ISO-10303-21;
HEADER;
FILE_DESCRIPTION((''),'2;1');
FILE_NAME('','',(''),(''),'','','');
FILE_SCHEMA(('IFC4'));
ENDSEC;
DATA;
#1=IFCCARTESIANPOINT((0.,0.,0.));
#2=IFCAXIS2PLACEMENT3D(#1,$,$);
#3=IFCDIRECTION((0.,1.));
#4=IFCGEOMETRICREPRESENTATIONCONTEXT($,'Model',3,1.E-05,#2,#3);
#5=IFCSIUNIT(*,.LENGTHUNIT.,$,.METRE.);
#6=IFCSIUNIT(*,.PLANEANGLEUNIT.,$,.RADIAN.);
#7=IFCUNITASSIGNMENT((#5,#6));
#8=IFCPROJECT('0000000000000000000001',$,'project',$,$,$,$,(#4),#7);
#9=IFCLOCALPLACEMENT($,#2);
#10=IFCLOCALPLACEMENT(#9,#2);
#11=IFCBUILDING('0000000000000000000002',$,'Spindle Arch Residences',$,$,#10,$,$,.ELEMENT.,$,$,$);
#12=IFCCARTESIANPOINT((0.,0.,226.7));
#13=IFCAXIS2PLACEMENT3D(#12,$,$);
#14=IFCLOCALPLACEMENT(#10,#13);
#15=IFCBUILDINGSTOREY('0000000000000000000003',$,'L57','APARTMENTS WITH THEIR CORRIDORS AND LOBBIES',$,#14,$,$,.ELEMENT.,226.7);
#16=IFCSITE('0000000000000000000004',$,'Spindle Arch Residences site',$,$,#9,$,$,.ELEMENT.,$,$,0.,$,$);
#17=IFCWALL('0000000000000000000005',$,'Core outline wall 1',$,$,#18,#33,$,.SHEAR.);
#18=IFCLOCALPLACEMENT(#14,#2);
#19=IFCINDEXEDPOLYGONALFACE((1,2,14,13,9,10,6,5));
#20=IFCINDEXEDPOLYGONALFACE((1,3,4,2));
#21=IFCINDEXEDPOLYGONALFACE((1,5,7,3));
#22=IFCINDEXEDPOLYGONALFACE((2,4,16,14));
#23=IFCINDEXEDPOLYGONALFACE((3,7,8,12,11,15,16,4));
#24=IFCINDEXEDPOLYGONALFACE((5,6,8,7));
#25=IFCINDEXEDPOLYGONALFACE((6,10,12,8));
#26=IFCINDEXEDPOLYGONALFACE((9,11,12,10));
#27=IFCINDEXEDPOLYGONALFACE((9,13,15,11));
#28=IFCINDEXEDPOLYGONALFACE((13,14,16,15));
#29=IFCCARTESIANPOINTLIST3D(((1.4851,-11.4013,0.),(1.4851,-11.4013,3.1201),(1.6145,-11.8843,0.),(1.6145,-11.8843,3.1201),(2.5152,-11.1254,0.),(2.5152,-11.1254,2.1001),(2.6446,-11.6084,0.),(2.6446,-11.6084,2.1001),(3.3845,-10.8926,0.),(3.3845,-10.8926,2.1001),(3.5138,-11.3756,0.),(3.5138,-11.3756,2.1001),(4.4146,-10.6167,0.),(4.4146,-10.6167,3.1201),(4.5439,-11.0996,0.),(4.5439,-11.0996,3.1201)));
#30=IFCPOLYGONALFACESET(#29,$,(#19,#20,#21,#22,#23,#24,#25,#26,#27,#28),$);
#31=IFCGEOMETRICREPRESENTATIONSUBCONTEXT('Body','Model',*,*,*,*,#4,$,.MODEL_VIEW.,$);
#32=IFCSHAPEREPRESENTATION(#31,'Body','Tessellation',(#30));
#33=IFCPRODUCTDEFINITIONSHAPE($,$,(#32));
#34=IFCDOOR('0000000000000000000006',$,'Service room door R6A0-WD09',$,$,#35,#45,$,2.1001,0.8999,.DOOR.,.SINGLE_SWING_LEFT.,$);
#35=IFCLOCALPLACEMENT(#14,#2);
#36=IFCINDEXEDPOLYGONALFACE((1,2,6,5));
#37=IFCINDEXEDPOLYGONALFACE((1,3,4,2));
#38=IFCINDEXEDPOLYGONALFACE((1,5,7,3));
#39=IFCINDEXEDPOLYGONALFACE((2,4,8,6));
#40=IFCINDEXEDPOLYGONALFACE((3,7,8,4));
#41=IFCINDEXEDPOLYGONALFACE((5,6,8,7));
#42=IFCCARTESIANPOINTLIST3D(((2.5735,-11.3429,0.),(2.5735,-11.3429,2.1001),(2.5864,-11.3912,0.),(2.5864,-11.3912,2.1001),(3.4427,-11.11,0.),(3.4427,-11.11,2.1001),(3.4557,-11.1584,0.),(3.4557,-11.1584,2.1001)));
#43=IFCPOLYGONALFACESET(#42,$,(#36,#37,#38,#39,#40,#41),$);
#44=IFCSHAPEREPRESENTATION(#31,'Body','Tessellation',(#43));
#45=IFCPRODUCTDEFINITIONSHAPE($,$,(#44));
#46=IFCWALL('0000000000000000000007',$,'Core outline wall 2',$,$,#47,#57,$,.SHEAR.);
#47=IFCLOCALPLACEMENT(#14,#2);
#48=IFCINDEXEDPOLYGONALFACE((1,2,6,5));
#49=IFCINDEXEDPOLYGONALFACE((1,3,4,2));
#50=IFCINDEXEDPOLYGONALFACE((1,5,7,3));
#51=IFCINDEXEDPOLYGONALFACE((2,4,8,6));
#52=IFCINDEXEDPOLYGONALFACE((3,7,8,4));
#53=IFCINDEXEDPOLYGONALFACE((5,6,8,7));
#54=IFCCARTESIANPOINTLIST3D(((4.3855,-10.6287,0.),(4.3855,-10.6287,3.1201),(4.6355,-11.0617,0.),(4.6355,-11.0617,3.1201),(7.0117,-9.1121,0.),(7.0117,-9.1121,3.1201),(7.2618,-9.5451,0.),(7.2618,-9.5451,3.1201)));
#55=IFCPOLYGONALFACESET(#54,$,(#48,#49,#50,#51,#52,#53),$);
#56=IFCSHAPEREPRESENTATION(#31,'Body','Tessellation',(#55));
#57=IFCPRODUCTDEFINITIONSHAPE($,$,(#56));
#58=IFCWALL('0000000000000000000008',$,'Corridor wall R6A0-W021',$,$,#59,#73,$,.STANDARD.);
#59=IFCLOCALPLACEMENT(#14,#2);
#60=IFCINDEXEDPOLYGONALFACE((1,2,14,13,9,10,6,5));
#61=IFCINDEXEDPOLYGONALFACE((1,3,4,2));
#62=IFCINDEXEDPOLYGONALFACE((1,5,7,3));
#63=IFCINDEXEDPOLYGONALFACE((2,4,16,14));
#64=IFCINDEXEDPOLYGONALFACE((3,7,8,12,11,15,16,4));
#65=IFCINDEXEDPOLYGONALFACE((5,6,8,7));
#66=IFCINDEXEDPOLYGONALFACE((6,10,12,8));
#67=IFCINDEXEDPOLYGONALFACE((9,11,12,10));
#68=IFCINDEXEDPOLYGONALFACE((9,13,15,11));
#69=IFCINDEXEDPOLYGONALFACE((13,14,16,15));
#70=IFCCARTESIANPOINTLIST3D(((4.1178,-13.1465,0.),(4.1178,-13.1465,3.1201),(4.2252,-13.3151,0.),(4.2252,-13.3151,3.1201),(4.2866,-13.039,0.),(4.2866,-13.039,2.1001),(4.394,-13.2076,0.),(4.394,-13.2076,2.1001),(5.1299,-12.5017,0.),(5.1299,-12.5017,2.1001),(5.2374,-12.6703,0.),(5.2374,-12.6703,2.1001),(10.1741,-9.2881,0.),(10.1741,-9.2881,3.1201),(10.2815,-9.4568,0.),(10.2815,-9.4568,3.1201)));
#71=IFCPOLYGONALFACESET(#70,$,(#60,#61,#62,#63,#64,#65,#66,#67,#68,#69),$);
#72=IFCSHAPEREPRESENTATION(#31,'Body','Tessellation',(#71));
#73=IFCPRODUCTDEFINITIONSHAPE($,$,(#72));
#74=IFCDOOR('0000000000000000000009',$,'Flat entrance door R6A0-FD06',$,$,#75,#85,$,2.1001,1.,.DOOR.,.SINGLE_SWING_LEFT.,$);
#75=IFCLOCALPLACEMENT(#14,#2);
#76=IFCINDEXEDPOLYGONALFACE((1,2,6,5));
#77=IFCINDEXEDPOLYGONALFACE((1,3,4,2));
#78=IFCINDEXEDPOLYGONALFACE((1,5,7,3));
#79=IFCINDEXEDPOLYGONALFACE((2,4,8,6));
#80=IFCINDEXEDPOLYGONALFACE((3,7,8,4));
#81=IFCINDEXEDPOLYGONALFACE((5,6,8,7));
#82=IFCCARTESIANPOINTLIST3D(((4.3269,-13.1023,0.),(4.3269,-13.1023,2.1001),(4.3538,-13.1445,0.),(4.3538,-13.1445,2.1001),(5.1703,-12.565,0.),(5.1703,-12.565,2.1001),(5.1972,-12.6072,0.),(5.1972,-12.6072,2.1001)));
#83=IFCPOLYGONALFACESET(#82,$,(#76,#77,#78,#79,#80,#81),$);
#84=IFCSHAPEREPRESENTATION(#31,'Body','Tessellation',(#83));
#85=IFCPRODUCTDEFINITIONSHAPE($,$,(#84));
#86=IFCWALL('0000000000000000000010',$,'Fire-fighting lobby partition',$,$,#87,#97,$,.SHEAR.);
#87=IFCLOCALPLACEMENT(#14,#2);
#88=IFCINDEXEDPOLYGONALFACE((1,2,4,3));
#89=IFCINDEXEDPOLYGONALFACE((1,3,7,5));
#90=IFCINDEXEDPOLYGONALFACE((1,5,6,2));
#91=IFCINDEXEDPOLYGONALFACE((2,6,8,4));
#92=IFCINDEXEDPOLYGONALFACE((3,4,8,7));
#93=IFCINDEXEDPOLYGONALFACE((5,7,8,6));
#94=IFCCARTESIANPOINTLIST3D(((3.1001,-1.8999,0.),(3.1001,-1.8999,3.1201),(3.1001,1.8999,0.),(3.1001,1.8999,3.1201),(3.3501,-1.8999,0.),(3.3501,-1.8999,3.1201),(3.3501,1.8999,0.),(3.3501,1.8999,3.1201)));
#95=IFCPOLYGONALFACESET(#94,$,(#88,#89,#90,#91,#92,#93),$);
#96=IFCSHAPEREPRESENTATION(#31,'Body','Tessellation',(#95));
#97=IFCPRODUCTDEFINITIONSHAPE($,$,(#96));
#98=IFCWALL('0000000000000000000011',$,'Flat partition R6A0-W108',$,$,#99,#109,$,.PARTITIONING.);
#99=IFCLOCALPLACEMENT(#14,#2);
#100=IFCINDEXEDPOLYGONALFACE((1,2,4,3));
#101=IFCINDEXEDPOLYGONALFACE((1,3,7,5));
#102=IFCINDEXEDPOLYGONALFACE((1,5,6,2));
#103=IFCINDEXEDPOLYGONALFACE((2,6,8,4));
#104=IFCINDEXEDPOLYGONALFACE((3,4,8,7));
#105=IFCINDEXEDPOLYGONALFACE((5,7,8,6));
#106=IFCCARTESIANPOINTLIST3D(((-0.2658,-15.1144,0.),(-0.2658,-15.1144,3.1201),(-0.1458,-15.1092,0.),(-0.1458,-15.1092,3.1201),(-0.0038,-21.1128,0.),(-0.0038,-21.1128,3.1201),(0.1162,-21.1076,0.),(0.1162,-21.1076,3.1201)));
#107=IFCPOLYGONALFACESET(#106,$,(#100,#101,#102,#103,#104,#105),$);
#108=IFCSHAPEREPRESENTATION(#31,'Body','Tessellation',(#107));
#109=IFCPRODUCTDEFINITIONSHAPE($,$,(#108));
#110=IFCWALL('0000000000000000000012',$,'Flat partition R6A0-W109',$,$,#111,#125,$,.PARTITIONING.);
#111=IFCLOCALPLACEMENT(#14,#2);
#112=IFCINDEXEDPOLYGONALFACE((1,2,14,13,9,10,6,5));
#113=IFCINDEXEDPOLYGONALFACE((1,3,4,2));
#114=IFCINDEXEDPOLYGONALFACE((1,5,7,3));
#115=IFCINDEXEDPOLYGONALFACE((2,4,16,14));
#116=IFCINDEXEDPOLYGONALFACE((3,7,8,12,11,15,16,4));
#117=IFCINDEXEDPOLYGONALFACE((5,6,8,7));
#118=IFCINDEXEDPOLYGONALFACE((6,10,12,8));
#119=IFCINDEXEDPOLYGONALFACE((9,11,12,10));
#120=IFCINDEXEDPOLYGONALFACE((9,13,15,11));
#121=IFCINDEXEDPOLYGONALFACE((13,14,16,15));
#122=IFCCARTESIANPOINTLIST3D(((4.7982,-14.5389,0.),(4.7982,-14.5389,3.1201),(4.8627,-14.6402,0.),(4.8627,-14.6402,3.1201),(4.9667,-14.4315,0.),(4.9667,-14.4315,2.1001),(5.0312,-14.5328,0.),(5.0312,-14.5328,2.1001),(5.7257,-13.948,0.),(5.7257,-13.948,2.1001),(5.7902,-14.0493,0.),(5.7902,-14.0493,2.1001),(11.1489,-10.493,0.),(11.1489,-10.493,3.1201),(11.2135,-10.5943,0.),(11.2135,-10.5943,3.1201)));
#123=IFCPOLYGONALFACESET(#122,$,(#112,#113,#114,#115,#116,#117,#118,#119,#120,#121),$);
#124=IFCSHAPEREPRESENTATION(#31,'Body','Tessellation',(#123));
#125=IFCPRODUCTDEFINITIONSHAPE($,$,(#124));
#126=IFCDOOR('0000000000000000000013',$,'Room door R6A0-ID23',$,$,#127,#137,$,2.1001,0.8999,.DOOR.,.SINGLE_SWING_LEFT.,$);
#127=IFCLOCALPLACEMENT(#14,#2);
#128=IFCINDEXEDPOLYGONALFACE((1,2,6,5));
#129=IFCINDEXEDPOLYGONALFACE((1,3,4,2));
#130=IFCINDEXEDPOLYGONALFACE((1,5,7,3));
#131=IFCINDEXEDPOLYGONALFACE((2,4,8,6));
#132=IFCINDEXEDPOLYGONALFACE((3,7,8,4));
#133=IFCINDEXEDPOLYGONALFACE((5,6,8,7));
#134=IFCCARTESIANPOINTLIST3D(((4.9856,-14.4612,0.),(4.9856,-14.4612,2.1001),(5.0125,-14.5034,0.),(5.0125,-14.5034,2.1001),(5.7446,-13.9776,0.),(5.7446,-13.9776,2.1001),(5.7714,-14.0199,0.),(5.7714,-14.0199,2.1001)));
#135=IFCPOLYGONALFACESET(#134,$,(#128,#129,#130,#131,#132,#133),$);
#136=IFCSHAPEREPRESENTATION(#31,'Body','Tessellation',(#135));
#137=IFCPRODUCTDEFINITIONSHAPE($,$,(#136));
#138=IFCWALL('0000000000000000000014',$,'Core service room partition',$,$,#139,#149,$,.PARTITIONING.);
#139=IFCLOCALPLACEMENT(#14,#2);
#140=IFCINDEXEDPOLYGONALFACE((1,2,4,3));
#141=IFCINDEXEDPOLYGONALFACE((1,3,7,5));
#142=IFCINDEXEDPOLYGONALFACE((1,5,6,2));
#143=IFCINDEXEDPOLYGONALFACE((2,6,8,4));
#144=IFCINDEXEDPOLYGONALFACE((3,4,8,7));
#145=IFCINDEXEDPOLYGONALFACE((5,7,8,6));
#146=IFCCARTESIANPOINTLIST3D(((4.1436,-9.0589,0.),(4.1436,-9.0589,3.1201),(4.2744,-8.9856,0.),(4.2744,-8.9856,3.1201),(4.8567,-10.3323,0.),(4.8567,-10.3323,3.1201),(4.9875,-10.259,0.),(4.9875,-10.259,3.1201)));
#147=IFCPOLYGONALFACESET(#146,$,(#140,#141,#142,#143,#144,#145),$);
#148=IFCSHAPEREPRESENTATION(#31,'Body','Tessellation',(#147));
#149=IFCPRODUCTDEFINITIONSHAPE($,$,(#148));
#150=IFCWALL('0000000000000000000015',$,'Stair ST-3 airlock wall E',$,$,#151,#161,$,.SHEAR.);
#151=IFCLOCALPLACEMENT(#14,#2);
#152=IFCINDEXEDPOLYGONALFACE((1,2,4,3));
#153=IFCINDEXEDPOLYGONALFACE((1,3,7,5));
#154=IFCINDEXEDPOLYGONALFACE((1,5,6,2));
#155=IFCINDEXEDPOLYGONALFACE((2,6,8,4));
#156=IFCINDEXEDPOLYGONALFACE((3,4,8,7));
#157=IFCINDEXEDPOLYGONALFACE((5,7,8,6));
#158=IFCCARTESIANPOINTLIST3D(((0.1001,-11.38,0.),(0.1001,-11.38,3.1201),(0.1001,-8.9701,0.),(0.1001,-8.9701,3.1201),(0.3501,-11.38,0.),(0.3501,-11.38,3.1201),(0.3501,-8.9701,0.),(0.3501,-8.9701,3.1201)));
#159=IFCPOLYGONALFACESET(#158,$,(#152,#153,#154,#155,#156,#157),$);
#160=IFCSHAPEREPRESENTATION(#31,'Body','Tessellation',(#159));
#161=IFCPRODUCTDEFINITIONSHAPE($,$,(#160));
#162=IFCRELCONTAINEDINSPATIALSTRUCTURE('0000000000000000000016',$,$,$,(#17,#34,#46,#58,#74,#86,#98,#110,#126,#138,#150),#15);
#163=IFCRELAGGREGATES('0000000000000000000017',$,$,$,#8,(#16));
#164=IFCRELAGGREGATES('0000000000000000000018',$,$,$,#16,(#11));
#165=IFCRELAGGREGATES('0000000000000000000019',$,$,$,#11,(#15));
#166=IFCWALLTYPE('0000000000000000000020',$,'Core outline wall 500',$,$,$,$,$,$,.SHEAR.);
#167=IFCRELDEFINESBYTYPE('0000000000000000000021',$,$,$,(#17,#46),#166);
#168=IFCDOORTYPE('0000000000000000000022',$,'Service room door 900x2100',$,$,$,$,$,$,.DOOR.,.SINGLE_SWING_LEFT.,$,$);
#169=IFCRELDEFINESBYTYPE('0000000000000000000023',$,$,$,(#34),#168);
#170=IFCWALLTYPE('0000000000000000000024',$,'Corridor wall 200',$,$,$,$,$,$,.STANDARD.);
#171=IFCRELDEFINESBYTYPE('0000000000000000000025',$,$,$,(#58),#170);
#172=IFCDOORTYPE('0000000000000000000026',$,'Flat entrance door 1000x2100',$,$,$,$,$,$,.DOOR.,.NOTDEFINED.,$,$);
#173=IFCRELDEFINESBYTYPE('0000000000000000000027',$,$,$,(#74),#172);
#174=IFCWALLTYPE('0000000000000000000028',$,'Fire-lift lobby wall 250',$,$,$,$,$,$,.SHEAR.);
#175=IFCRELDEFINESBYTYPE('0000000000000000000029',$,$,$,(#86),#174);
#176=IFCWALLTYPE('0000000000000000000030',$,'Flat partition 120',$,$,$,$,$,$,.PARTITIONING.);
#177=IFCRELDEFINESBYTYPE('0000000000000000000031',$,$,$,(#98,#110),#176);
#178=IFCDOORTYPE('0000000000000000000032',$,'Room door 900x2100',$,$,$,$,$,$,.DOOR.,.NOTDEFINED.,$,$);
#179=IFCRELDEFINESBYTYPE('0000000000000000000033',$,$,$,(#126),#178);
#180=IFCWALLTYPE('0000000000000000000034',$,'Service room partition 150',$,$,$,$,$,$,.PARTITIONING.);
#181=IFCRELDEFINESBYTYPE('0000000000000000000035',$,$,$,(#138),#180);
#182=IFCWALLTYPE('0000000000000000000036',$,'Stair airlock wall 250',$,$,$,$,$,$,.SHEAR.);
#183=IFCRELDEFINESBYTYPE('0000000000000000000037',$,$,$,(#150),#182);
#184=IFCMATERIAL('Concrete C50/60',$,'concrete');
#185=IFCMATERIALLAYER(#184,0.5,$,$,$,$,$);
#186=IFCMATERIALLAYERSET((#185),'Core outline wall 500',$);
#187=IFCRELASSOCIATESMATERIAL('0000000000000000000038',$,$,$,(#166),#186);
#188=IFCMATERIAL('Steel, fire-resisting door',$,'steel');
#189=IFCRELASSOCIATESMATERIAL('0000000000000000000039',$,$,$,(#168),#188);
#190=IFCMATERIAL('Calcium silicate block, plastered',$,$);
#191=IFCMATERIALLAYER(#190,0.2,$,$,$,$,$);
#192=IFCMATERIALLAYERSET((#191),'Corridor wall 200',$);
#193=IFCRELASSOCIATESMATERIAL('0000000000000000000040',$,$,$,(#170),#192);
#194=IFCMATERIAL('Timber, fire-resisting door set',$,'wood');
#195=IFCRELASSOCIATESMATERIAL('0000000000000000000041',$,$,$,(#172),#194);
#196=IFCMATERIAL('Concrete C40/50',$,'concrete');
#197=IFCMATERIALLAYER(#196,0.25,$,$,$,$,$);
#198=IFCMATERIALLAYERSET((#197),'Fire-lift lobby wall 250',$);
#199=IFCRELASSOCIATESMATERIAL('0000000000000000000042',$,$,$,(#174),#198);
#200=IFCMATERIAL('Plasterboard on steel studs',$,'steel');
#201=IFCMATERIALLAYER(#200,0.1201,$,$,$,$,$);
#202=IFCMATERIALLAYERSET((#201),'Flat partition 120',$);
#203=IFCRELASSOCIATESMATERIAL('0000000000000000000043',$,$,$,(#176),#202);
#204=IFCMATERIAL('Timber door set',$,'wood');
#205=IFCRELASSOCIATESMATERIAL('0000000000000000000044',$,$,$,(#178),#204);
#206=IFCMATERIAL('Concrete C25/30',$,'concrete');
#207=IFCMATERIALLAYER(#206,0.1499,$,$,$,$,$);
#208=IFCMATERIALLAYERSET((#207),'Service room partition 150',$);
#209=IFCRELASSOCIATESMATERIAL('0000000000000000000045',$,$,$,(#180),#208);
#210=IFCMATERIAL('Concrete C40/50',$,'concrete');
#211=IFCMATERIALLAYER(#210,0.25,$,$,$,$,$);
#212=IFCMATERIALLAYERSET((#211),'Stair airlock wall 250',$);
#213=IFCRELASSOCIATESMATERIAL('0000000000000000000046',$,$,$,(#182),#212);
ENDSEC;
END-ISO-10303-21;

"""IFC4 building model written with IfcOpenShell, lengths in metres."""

from ifc_helpers import new_model, si_unit, direction, frame, frame_2d, origin, place, context, subcontext, project, spatial, rectangle, extrude, material, layer, layer_set, type_object, element, fill, save


model = new_model("IFC4")

# Units and contexts
model_context = context("Model", 3, precision=1e-05, world=origin(), true_north=direction((0.0, 1.0)))
body_context = subcontext(model_context, "Body", "Model", "MODEL_VIEW")
ifc_project = project(units=[si_unit("LENGTHUNIT", "METRE"), si_unit("PLANEANGLEUNIT", "RADIAN")], contexts=[model_context])

# Site, building, storey
site_placement = place(None, origin())
site = spatial("IfcSite", under=ifc_project, at=site_placement, Name="Spindle Arch Residences site", CompositionType="ELEMENT", RefElevation=0.0)
building_placement = place(site_placement, origin())
building = spatial("IfcBuilding", under=site, at=building_placement, Name="Spindle Arch Residences", CompositionType="ELEMENT")
storey_placement = place(building_placement, frame((0.0, 0.0, 226.7)))
storey = spatial("IfcBuildingStorey", under=building, at=storey_placement, Name="L57", Description="APARTMENTS WITH THEIR CORRIDORS AND LOBBIES", CompositionType="ELEMENT", Elevation=226.7)

# Wall, opening, door
ifc_material_1 = material(Name="Concrete C50/60", Category="concrete")
ifc_layer_1 = layer(ifc_material_1, 0.5)
ifc_layer_set_1 = layer_set([ifc_layer_1], Name="Core outline wall 500")
wall_type_1 = type_object("IfcWallType", Name="Core outline wall 500", PredefinedType="SHEAR", material=ifc_layer_set_1)
wall_1_placement = place(storey_placement, frame((1.5498, -11.6428, 0.0), z_axis=(0.0, 0.0, 1.0), x_axis=(0.965948, 0.258735, 0.0)))
wall_1 = element("IfcWall", 1, at=wall_1_placement, inside=storey, type_object=wall_type_1, Name="Core outline wall 1", PredefinedType="SHEAR", context=body_context, shape_type="SweptSolid", body=[
    extrude(rectangle(XDim=3.0327, YDim=0.5, at=frame_2d((1.5164, 0.0))), origin(), (0.0, 0.0, 1.0), 3.1201),
])
opening_1_placement = place(wall_1_placement, frame((1.0664, 0.0, 0.0)))
opening_1 = element("IfcOpeningElement", 2, at=opening_1_placement, cuts=wall_1, PredefinedType="OPENING", context=body_context, shape_type="SweptSolid", body=[
    extrude(rectangle(XDim=0.8999, YDim=2.1001, at=frame_2d((0.45, 1.05))), frame((0.0, 0.26, 0.0), z_axis=(0.0, -1.0, 0.0), x_axis=(1.0, 0.0, 0.0)), (0.0, 0.0, 1.0), 0.52),
])
ifc_material_2 = material(Name="Steel, fire-resisting door", Category="steel")
door_type_1 = type_object("IfcDoorType", Name="Service room door 900x2100", OperationType="SINGLE_SWING_LEFT", PredefinedType="DOOR", material=ifc_material_2)
door_1_placement = place(opening_1_placement, origin())
door_1 = element("IfcDoor", 3, at=door_1_placement, inside=storey, type_object=door_type_1, Name="Service room door R6A0-WD09", OperationType="SINGLE_SWING_LEFT", OverallHeight=2.1001, OverallWidth=0.8999, PredefinedType="DOOR", context=body_context, shape_type="SweptSolid", body=[
    extrude(rectangle(XDim=0.8999, YDim=2.1001, at=frame_2d((0.45, 1.05))), frame((0.0, 0.0249, 0.0), z_axis=(0.0, -1.0, 0.0), x_axis=(1.0, 0.0, 0.0)), (0.0, 0.0, 1.0), 0.05),
])
fill(opening_1, door_1)

# Wall
wall_2_placement = place(storey_placement, frame((4.5105, -10.8452, 0.0), z_axis=(0.0, 0.0, 1.0), x_axis=(0.865975, 0.500087, 0.0)))
element("IfcWall", 4, at=wall_2_placement, inside=storey, type_object=wall_type_1, Name="Core outline wall 2", PredefinedType="SHEAR", context=body_context, shape_type="SweptSolid", body=[
    extrude(rectangle(XDim=3.0327, YDim=0.5, at=frame_2d((1.5164, 0.0))), origin(), (0.0, 0.0, 1.0), 3.1201),
])

# Wall, opening, door
ifc_material_3 = material(Name="Calcium silicate block, plastered")
ifc_layer_2 = layer(ifc_material_3, 0.2)
ifc_layer_set_2 = layer_set([ifc_layer_2], Name="Corridor wall 200")
wall_type_2 = type_object("IfcWallType", Name="Corridor wall 200", PredefinedType="STANDARD", material=ifc_layer_set_2)
wall_3_placement = place(storey_placement, frame((4.1716, -13.2307, 0.0), z_axis=(0.0, 0.0, 1.0), x_axis=(0.843388, 0.537304, 0.0)))
wall_3 = element("IfcWall", 5, at=wall_3_placement, inside=storey, type_object=wall_type_2, Name="Corridor wall R6A0-W021", PredefinedType="STANDARD", context=body_context, shape_type="SweptSolid", body=[
    extrude(rectangle(XDim=7.1809, YDim=0.2, at=frame_2d((3.5903, 0.0))), origin(), (0.0, 0.0, 1.0), 3.1201),
])
opening_2_placement = place(wall_3_placement, frame((0.2, 0.0, 0.0)))
opening_2 = element("IfcOpeningElement", 6, at=opening_2_placement, cuts=wall_3, PredefinedType="OPENING", context=body_context, shape_type="SweptSolid", body=[
    extrude(rectangle(XDim=1.0, YDim=2.1001, at=frame_2d((0.5, 1.05))), frame((0.0, 0.1099, 0.0), z_axis=(0.0, -1.0, 0.0), x_axis=(1.0, 0.0, 0.0)), (0.0, 0.0, 1.0), 0.22),
])
ifc_material_4 = material(Name="Timber, fire-resisting door set", Category="wood")
door_type_2 = type_object("IfcDoorType", Name="Flat entrance door 1000x2100", OperationType="NOTDEFINED", PredefinedType="DOOR", material=ifc_material_4)
door_2_placement = place(opening_2_placement, origin())
door_2 = element("IfcDoor", 7, at=door_2_placement, inside=storey, type_object=door_type_2, Name="Flat entrance door R6A0-FD06", OperationType="SINGLE_SWING_LEFT", OverallHeight=2.1001, OverallWidth=1.0, PredefinedType="DOOR", context=body_context, shape_type="SweptSolid", body=[
    extrude(rectangle(XDim=1.0, YDim=2.1001, at=frame_2d((0.5, 1.05))), frame((0.0, 0.0249, 0.0), z_axis=(0.0, -1.0, 0.0), x_axis=(1.0, 0.0, 0.0)), (0.0, 0.0, 1.0), 0.05),
])
fill(opening_2, door_2)

# Walls
ifc_material_5 = material(Name="Concrete C40/50", Category="concrete")
ifc_layer_3 = layer(ifc_material_5, 0.25)
ifc_layer_set_3 = layer_set([ifc_layer_3], Name="Fire-lift lobby wall 250")
wall_type_3 = type_object("IfcWallType", Name="Fire-lift lobby wall 250", PredefinedType="SHEAR", material=ifc_layer_set_3)
wall_4_placement = place(storey_placement, frame((3.2251, -1.8999, 0.0), z_axis=(0.0, 0.0, 1.0), x_axis=(0.0, 1.0, 0.0)))
element("IfcWall", 8, at=wall_4_placement, inside=storey, type_object=wall_type_3, Name="Fire-fighting lobby partition", PredefinedType="SHEAR", context=body_context, shape_type="SweptSolid", body=[
    extrude(rectangle(XDim=3.7998, YDim=0.25, at=frame_2d((1.8999, 0.0))), origin(), (0.0, 0.0, 1.0), 3.1201),
])
ifc_material_6 = material(Name="Plasterboard on steel studs", Category="steel")
ifc_layer_4 = layer(ifc_material_6, 0.1201)
ifc_layer_set_4 = layer_set([ifc_layer_4], Name="Flat partition 120")
wall_type_4 = type_object("IfcWallType", Name="Flat partition 120", PredefinedType="PARTITIONING", material=ifc_layer_set_4)
wall_5_placement = place(storey_placement, frame((0.0562, -21.1101, 0.0), z_axis=(0.0, 0.0, 1.0), x_axis=(-0.04363, 0.999048, 0.0)))
element("IfcWall", 9, at=wall_5_placement, inside=storey, type_object=wall_type_4, Name="Flat partition R6A0-W108", PredefinedType="PARTITIONING", context=body_context, shape_type="SweptSolid", body=[
    extrude(rectangle(XDim=6.0042, YDim=0.1201, at=frame_2d((3.002, 0.0))), origin(), (0.0, 0.0, 1.0), 3.1201),
])

# Wall, opening, door
wall_6_placement = place(storey_placement, frame((4.8303, -14.5896, 0.0), z_axis=(0.0, 0.0, 1.0), x_axis=(0.843393, 0.537297, 0.0)))
wall_6 = element("IfcWall", 10, at=wall_6_placement, inside=storey, type_object=wall_type_4, Name="Flat partition R6A0-W109", PredefinedType="PARTITIONING", context=body_context, shape_type="SweptSolid", body=[
    extrude(rectangle(XDim=7.53, YDim=0.1201, at=frame_2d((3.7651, 0.0))), origin(), (0.0, 0.0, 1.0), 3.1201),
])
opening_3_placement = place(wall_6_placement, frame((0.2, 0.0, 0.0)))
opening_3 = element("IfcOpeningElement", 11, at=opening_3_placement, cuts=wall_6, PredefinedType="OPENING", context=body_context, shape_type="SweptSolid", body=[
    extrude(rectangle(XDim=0.8999, YDim=2.1001, at=frame_2d((0.45, 1.05))), frame((0.0, 0.0701, 0.0), z_axis=(0.0, -1.0, 0.0), x_axis=(1.0, 0.0, 0.0)), (0.0, 0.0, 1.0), 0.1401),
])
ifc_material_7 = material(Name="Timber door set", Category="wood")
door_type_3 = type_object("IfcDoorType", Name="Room door 900x2100", OperationType="NOTDEFINED", PredefinedType="DOOR", material=ifc_material_7)
door_3_placement = place(opening_3_placement, origin())
door_3 = element("IfcDoor", 12, at=door_3_placement, inside=storey, type_object=door_type_3, Name="Room door R6A0-ID23", OperationType="SINGLE_SWING_LEFT", OverallHeight=2.1001, OverallWidth=0.8999, PredefinedType="DOOR", context=body_context, shape_type="SweptSolid", body=[
    extrude(rectangle(XDim=0.8999, YDim=2.1001, at=frame_2d((0.45, 1.05))), frame((0.0, 0.0249, 0.0), z_axis=(0.0, -1.0, 0.0), x_axis=(1.0, 0.0, 0.0)), (0.0, 0.0, 1.0), 0.05),
])
fill(opening_3, door_3)

# Walls
ifc_material_8 = material(Name="Concrete C25/30", Category="concrete")
ifc_layer_5 = layer(ifc_material_8, 0.1499)
ifc_layer_set_5 = layer_set([ifc_layer_5], Name="Service room partition 150")
wall_type_5 = type_object("IfcWallType", Name="Service room partition 150", PredefinedType="PARTITIONING", material=ifc_layer_set_5)
wall_7_placement = place(storey_placement, frame((4.9221, -10.2957, 0.0), z_axis=(0.0, 0.0, 1.0), x_axis=(-0.488608, 0.872503, 0.0)))
element("IfcWall", 13, at=wall_7_placement, inside=storey, type_object=wall_type_5, Name="Core service room partition", PredefinedType="PARTITIONING", context=body_context, shape_type="SweptSolid", body=[
    extrude(rectangle(XDim=1.4595, YDim=0.1499, at=frame_2d((0.7297, 0.0))), origin(), (0.0, 0.0, 1.0), 3.1201),
])
ifc_material_9 = material(Name="Concrete C40/50", Category="concrete")
ifc_layer_6 = layer(ifc_material_9, 0.25)
ifc_layer_set_6 = layer_set([ifc_layer_6], Name="Stair airlock wall 250")
wall_type_6 = type_object("IfcWallType", Name="Stair airlock wall 250", PredefinedType="SHEAR", material=ifc_layer_set_6)
wall_8_placement = place(storey_placement, frame((0.2251, -8.97, 0.0), z_axis=(0.0, 0.0, 1.0), x_axis=(0.0, -1.0, 0.0)))
element("IfcWall", 14, at=wall_8_placement, inside=storey, type_object=wall_type_6, Name="Stair ST-3 airlock wall E", PredefinedType="SHEAR", context=body_context, shape_type="SweptSolid", body=[
    extrude(rectangle(XDim=2.4099, YDim=0.25, at=frame_2d((1.2051, 0.0))), origin(), (0.0, 0.0, 1.0), 3.1201),
])

save(model, "model.ifc")
